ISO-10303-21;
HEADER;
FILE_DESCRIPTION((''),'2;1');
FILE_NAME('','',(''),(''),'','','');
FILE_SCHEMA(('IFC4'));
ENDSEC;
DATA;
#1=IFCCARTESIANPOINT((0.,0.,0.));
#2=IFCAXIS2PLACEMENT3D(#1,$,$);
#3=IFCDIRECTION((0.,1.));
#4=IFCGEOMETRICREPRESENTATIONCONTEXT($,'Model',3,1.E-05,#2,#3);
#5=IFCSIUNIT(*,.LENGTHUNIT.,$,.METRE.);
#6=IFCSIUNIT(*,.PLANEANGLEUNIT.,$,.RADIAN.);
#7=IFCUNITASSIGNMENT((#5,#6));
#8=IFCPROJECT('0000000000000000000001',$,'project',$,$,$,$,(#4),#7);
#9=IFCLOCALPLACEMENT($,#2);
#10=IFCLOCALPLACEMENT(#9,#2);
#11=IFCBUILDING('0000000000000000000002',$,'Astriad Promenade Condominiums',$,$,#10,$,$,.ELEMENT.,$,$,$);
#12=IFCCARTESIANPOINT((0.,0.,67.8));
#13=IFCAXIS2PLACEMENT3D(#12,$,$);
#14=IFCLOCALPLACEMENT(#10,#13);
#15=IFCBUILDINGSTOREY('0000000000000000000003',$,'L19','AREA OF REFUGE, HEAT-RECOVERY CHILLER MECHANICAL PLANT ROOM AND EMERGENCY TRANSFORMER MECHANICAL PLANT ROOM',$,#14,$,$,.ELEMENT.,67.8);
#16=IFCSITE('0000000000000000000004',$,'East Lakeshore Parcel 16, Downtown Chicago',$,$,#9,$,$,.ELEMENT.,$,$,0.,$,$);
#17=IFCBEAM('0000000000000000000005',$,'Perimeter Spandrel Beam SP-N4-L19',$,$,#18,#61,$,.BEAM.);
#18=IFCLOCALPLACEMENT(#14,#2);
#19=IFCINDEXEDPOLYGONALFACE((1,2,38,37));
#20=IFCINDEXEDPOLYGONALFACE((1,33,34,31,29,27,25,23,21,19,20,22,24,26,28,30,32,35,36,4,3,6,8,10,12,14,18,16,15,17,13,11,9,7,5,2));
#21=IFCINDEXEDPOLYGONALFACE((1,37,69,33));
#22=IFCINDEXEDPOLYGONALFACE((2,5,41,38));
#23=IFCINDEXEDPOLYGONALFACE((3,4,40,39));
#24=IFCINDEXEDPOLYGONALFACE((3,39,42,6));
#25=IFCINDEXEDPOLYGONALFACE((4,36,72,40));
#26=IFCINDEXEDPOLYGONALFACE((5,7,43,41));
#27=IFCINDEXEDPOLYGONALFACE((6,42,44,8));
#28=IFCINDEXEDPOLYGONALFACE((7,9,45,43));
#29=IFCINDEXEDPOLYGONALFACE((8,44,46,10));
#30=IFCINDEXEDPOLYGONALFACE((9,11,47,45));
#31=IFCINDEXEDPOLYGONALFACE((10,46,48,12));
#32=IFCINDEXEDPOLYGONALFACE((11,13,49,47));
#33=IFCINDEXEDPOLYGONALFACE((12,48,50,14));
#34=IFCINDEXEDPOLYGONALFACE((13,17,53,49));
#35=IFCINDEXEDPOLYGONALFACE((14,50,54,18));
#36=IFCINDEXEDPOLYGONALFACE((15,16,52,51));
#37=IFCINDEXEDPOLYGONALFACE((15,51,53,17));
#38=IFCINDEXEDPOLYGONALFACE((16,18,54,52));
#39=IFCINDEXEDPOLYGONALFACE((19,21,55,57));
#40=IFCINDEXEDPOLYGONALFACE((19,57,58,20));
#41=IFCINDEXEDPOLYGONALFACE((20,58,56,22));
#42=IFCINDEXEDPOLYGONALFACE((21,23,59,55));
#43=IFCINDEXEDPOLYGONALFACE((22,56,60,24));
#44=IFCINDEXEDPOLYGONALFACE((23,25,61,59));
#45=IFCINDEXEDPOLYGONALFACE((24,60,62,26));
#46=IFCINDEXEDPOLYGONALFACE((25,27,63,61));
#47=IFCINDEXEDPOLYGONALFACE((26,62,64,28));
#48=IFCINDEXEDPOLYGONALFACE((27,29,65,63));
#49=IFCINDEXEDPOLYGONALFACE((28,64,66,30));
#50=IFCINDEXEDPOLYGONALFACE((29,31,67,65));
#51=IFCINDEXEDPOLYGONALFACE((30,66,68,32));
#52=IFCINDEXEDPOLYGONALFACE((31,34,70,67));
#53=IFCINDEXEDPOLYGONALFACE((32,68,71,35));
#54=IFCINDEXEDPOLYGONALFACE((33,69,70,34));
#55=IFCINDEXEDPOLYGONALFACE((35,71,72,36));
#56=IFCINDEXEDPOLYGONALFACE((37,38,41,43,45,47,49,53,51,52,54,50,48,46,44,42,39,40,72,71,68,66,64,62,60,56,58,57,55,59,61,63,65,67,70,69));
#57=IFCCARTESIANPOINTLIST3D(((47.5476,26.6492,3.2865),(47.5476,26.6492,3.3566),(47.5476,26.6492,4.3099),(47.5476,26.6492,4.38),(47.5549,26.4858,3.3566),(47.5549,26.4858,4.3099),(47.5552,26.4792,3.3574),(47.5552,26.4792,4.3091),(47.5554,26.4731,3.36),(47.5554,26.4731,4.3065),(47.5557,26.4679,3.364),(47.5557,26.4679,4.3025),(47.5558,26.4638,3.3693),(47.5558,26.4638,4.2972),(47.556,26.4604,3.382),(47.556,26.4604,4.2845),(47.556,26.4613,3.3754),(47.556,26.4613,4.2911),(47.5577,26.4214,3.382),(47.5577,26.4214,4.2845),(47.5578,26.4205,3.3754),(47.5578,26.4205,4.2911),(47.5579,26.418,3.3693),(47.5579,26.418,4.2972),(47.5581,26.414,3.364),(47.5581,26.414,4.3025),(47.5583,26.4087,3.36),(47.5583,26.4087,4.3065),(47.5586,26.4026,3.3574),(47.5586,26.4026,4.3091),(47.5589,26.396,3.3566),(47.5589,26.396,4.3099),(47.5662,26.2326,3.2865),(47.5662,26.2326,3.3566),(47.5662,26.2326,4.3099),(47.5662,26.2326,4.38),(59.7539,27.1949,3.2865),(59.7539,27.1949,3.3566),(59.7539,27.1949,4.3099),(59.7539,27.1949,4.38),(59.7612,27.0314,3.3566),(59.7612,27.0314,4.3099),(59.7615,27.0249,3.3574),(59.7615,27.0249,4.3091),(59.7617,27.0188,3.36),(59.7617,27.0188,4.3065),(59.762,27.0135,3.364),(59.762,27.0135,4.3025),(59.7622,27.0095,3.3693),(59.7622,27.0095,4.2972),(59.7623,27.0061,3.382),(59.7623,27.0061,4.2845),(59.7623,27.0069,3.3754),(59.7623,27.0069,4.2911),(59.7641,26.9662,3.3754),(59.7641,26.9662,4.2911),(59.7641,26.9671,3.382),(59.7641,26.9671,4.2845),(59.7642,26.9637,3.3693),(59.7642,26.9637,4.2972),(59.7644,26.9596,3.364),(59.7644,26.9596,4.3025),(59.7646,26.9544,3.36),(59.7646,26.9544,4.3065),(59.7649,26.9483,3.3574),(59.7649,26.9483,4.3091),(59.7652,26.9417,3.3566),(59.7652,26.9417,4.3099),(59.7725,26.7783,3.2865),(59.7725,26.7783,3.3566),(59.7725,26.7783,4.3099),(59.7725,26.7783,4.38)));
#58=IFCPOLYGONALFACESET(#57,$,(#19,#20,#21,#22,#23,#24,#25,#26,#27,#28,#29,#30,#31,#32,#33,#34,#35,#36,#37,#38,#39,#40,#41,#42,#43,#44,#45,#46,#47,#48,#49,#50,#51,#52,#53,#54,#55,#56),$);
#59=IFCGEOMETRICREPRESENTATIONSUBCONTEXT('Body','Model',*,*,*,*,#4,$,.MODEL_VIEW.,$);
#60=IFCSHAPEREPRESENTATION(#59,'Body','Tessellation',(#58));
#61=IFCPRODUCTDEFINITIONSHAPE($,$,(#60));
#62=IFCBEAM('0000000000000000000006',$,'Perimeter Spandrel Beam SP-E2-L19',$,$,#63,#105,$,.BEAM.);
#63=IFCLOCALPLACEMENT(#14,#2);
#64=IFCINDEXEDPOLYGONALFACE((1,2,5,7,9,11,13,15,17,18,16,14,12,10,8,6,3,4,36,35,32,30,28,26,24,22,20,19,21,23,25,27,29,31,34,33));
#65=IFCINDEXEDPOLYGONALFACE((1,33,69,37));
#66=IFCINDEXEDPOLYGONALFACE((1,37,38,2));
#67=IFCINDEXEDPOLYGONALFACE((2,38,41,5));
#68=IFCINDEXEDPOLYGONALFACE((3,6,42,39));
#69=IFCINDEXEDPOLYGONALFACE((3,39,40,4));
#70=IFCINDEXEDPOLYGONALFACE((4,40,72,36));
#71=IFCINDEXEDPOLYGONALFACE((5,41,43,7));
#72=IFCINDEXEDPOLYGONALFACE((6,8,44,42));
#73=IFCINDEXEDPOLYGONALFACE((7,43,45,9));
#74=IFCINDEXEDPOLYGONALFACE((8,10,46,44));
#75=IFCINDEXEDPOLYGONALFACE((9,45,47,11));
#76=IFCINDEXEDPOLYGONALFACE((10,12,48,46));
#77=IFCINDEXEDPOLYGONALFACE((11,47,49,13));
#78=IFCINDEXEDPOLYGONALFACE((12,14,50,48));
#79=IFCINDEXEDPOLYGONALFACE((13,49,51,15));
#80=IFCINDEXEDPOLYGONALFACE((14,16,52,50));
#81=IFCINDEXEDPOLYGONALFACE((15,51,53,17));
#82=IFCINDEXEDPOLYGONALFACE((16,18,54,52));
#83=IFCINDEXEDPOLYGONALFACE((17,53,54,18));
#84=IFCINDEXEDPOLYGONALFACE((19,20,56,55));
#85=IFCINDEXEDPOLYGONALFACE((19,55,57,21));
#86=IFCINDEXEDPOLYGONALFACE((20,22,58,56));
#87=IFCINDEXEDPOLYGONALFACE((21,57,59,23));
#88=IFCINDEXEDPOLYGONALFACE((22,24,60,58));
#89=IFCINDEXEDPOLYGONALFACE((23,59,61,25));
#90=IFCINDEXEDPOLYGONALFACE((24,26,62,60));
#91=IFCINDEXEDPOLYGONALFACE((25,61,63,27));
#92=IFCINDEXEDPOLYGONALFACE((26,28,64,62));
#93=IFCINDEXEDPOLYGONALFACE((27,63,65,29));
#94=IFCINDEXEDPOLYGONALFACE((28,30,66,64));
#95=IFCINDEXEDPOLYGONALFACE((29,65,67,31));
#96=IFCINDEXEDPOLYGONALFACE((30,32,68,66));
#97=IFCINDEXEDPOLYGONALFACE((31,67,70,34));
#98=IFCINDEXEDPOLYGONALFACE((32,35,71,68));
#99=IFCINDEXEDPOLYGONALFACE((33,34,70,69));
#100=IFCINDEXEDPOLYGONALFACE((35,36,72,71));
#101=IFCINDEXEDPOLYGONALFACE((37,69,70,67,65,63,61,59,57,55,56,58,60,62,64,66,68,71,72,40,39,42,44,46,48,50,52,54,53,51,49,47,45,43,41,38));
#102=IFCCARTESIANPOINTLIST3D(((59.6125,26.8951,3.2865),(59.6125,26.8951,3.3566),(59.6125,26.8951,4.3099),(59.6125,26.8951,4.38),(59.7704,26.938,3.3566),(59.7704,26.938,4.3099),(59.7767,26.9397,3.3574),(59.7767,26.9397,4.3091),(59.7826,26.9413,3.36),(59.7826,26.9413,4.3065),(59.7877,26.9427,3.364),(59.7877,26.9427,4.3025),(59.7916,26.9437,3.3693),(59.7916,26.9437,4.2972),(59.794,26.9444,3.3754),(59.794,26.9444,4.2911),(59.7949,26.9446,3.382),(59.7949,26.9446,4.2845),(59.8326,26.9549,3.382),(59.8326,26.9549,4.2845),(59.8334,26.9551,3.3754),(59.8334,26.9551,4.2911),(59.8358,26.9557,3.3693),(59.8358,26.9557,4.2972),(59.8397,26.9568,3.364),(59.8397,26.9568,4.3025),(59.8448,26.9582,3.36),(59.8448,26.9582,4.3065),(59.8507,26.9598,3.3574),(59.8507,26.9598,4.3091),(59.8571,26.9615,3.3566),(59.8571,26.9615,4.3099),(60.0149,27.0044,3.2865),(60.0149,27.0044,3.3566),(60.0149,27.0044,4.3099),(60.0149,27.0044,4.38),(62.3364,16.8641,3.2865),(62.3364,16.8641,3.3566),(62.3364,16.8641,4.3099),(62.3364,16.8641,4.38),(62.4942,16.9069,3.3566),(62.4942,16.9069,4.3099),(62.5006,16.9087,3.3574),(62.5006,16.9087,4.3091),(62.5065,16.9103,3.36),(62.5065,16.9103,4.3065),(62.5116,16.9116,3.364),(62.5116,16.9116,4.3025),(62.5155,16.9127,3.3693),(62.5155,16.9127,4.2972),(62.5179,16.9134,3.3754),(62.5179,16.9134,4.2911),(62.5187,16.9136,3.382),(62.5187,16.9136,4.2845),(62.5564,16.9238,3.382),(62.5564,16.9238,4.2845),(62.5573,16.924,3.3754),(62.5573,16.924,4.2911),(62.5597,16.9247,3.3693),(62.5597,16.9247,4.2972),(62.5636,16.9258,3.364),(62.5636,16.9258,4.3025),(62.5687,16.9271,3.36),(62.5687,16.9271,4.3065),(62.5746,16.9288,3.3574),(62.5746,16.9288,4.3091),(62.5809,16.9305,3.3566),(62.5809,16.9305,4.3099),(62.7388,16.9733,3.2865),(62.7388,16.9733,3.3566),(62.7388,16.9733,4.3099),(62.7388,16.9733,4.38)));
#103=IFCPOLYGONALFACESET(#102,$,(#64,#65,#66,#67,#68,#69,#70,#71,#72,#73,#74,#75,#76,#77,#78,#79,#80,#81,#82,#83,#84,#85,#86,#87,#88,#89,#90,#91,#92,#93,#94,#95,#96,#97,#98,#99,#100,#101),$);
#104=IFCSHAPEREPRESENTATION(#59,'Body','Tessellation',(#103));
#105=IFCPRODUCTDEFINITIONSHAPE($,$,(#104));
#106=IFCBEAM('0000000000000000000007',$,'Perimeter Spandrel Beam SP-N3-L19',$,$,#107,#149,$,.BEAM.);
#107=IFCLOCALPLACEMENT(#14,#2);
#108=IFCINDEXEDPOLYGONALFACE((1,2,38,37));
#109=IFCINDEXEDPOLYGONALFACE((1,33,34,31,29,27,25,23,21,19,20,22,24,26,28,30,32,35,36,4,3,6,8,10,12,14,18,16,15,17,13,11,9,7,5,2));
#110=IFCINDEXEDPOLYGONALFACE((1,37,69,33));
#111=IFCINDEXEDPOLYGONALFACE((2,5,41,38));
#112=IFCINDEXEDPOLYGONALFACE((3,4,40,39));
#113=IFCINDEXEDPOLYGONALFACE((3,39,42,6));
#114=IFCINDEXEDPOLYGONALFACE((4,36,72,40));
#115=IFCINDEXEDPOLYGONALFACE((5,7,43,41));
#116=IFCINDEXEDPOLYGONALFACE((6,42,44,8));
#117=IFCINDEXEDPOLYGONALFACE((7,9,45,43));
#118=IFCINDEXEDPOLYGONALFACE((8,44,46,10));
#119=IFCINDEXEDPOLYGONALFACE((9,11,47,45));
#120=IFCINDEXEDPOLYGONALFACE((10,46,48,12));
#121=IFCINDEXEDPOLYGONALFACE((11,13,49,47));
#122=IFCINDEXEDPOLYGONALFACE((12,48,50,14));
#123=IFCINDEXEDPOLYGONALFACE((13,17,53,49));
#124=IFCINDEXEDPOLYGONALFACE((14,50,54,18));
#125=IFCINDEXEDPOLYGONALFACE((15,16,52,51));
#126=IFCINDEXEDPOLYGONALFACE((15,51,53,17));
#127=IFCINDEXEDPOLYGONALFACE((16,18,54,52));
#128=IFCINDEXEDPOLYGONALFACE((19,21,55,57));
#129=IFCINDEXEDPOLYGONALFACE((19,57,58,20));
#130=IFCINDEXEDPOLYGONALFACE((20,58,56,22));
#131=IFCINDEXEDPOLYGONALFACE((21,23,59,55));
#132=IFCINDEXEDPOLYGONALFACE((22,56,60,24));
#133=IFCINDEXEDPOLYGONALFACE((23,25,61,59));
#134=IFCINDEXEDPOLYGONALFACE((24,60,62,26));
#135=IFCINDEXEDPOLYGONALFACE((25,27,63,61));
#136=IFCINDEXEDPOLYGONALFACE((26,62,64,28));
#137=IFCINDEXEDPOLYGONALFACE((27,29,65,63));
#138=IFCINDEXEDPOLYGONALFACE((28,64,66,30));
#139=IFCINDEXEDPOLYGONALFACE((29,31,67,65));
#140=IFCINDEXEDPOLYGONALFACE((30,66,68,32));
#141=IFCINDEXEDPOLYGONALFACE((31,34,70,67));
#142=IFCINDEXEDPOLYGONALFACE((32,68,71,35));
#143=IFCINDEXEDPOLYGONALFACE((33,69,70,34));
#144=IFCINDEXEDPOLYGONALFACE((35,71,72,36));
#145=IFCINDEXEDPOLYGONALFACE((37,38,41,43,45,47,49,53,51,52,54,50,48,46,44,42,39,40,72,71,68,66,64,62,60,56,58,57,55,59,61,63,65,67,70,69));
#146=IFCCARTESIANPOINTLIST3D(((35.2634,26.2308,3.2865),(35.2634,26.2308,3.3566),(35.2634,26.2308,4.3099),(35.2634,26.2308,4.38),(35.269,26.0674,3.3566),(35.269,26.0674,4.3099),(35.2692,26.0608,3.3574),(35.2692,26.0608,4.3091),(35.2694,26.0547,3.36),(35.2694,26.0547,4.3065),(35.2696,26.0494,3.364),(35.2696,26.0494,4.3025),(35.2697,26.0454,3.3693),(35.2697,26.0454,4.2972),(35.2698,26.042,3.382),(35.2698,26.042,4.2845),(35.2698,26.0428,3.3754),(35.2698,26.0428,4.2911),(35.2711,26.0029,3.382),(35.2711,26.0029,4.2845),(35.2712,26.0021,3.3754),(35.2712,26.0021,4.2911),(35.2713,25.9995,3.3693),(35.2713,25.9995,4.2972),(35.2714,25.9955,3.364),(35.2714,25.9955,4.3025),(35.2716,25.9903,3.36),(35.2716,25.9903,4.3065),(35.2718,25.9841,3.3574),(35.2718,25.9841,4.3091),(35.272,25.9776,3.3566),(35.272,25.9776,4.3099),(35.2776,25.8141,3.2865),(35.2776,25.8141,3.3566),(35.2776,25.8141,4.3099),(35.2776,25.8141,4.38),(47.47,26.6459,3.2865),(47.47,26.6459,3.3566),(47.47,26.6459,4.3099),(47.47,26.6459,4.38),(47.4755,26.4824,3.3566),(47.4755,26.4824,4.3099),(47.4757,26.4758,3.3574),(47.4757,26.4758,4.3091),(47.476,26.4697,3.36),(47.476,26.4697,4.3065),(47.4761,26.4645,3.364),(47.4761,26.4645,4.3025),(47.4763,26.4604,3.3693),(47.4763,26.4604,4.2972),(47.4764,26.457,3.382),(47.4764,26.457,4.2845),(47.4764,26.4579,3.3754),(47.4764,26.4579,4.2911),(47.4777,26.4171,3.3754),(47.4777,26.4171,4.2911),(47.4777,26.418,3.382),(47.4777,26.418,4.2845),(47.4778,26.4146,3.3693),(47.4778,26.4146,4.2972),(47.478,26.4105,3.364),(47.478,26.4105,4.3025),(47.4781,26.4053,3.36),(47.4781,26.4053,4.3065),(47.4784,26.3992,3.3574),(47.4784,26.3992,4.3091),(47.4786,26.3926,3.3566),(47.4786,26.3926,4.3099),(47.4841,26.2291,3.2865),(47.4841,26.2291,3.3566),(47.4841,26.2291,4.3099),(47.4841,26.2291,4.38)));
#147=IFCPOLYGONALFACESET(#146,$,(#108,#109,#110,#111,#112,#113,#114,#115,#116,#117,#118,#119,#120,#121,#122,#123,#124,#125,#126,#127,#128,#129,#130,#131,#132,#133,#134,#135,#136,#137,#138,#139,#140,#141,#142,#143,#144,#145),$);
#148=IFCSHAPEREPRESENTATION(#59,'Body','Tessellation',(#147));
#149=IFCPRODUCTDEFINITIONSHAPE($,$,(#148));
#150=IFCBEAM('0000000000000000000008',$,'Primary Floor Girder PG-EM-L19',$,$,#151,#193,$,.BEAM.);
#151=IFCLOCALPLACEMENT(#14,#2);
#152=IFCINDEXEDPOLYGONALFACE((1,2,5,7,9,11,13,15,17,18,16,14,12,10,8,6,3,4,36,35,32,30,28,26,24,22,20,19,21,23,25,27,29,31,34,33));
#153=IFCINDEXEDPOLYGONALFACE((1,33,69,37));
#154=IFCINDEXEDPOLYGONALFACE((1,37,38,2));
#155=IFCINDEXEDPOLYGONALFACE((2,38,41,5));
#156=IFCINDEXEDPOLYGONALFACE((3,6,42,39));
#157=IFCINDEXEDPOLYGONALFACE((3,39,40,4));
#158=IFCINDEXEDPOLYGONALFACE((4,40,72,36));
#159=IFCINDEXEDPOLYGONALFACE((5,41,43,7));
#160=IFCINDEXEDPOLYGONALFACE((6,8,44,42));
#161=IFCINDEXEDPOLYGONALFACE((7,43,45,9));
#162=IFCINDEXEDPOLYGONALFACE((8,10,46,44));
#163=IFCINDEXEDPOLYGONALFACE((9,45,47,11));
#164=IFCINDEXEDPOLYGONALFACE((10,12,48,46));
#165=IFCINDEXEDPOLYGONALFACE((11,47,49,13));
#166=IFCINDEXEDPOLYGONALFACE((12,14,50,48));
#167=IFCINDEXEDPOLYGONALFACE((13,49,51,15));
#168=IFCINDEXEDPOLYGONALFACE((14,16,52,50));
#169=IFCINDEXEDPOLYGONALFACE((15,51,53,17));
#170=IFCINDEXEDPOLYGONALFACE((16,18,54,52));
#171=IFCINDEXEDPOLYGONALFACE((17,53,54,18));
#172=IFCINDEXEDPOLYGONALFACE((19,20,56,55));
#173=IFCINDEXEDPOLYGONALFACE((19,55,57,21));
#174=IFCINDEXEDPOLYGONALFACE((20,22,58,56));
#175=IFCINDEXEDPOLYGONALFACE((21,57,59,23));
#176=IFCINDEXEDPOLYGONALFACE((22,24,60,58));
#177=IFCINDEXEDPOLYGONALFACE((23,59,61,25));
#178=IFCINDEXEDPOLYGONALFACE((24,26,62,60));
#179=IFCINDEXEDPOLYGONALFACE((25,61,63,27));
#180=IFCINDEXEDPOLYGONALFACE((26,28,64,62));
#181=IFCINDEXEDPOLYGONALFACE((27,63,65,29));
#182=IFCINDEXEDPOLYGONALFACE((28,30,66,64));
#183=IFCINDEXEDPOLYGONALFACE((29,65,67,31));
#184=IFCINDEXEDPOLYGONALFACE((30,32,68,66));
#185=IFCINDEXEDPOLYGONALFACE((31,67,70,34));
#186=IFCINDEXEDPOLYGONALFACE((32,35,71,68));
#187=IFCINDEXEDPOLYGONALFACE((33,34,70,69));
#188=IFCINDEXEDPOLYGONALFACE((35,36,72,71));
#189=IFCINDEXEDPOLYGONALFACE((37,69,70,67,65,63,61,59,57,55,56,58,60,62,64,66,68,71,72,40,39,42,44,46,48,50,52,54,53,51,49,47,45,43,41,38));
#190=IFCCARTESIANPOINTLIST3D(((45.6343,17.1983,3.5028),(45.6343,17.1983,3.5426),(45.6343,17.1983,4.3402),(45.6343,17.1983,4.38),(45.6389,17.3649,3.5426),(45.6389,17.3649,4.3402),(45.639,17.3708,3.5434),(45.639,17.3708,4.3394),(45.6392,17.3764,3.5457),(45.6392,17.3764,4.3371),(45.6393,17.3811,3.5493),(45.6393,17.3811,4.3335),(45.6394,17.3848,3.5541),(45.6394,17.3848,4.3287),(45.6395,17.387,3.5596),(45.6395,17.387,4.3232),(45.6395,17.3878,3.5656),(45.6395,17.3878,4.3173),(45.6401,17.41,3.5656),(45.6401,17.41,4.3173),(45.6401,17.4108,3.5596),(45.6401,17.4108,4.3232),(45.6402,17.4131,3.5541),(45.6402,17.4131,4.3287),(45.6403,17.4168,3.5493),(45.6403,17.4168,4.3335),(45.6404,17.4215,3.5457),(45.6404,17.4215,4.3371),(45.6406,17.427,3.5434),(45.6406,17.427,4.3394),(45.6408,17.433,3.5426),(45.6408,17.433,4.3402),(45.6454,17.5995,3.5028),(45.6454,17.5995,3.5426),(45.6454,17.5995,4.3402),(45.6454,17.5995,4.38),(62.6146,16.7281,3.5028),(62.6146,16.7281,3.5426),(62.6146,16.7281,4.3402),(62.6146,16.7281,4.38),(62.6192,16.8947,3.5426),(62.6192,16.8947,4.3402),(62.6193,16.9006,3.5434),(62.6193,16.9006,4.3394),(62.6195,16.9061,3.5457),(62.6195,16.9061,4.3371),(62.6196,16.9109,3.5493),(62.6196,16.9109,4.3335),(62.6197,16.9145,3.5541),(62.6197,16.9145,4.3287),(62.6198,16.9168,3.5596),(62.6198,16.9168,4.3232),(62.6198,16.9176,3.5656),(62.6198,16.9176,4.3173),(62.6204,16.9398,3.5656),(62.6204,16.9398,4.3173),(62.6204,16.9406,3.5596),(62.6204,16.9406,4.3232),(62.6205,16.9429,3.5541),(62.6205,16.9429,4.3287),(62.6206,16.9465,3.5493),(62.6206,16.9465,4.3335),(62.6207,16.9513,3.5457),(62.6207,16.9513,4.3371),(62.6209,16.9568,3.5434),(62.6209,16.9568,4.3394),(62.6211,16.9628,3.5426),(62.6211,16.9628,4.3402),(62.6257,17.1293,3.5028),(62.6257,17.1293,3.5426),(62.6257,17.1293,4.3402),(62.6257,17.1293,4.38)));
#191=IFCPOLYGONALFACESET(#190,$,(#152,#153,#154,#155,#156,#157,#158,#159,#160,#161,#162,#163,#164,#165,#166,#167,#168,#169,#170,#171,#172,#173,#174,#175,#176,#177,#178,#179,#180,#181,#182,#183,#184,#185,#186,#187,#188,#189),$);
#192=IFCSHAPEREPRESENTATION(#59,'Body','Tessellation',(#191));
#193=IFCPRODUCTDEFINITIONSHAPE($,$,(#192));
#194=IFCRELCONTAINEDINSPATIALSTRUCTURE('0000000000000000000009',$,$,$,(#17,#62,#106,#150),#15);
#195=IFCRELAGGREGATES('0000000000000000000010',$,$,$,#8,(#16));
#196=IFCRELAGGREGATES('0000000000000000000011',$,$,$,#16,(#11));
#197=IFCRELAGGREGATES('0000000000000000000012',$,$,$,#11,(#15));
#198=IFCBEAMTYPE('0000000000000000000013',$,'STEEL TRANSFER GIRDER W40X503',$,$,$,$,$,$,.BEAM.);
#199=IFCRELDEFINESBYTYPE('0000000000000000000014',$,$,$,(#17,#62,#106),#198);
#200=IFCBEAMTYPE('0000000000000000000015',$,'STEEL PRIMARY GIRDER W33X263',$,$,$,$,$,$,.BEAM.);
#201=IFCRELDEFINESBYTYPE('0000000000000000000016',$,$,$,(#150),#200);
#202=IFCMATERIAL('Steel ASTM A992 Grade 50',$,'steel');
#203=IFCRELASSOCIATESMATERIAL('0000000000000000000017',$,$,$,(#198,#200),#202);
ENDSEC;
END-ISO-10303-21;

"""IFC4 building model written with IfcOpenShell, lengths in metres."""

from ifc_helpers import new_model, si_unit, direction, frame, origin, origin_2d, place, context, subcontext, project, spatial, i_section, extrude, source, transform, mapped, material, material_profile, profile_set, type_object, type_shapes, element, save


model = new_model("IFC4")

# Units and contexts
model_context = context("Model", 3, precision=1e-05, world=origin(), true_north=direction((0.0, 1.0)))
body_context = subcontext(model_context, "Body", "Model", "MODEL_VIEW")
ifc_project = project(units=[si_unit("LENGTHUNIT", "METRE"), si_unit("PLANEANGLEUNIT", "RADIAN")], contexts=[model_context])

# Site, building, storey
site_placement = place(None, origin())
site = spatial("IfcSite", under=ifc_project, at=site_placement, Name="East Lakeshore Parcel 16, Downtown Chicago", CompositionType="ELEMENT", RefElevation=0.0)
building_placement = place(site_placement, origin())
building = spatial("IfcBuilding", under=site, at=building_placement, Name="Astriad Promenade Condominiums", CompositionType="ELEMENT")
storey_placement = place(building_placement, frame((0.0, 0.0, 67.8)))
storey = spatial("IfcBuildingStorey", under=building, at=storey_placement, Name="L19", Description="AREA OF REFUGE, HEAT-RECOVERY CHILLER MECHANICAL PLANT ROOM AND EMERGENCY TRANSFORMER MECHANICAL PLANT ROOM", CompositionType="ELEMENT", Elevation=67.8)

# Shared definitions
ifc_material_1 = material(Name="Steel ASTM A992 Grade 50", Category="steel")

# Beams
ifc_material_profile_1 = material_profile(ifc_material_1, i_section(OverallWidth=0.417, OverallDepth=1.0935, WebThickness=0.0391, FlangeThickness=0.0701, FilletRadius=0.0254, at=origin_2d()), Name="W40X503")
ifc_profile_set_1 = profile_set([ifc_material_profile_1], Name="Steel ASTM A992 Grade 50")
beam_type_1 = type_object("IfcBeamType", Name="STEEL TRANSFER GIRDER W40X503", PredefinedType="BEAM", material=ifc_profile_set_1)
shared_shape_1 = source(origin(), body_context, "Body", "SweptSolid", [
    extrude(i_section(OverallWidth=0.417, OverallDepth=1.0935, WebThickness=0.0391, FlangeThickness=0.0701, FilletRadius=0.0254, at=origin_2d()), origin(), (0.0, 0.0, 1.0), 12.2185),
])
beam_1_placement = place(storey_placement, frame((59.7632, 26.9866, 3.8333), z_axis=(-0.999002, -0.044658, 0.0), x_axis=(0.044658, -0.999002, 0.0)))
element("IfcBeam", 1, at=beam_1_placement, inside=storey, type_object=beam_type_1, Name="Perimeter Spandrel Beam SP-N4-L19", PredefinedType="BEAM", context=body_context, shape_type="MappedRepresentation", body=[
    mapped(shared_shape_1, transform((0.0, 0.0, 0.0), scale=1.0)),
])
shared_shape_2 = source(origin(), body_context, "Body", "SweptSolid", [
    extrude(i_section(OverallWidth=0.417, OverallDepth=1.0935, WebThickness=0.0391, FlangeThickness=0.0701, FilletRadius=0.0254, at=origin_2d()), origin(), (0.0, 0.0, 1.0), 10.3943),
])
beam_2_placement = place(storey_placement, frame((62.5376, 16.9187, 3.8333), z_axis=(-0.262056, 0.965053, 0.0), x_axis=(-0.965053, -0.262056, 0.0)))
element("IfcBeam", 2, at=beam_2_placement, inside=storey, type_object=beam_type_1, Name="Perimeter Spandrel Beam SP-E2-L19", PredefinedType="BEAM", context=body_context, shape_type="MappedRepresentation", body=[
    mapped(shared_shape_2, transform((0.0, 0.0, 0.0), scale=1.0)),
])
shared_shape_3 = source(origin(), body_context, "Body", "SweptSolid", [
    extrude(i_section(OverallWidth=0.417, OverallDepth=1.0935, WebThickness=0.0391, FlangeThickness=0.0701, FilletRadius=0.0254, at=origin_2d()), origin(), (0.0, 0.0, 1.0), 12.2136),
])
type_shapes(beam_type_1, [shared_shape_1, shared_shape_2, shared_shape_3])
beam_3_placement = place(storey_placement, frame((47.4771, 26.4375, 3.8333), z_axis=(-0.999422, -0.033982, 0.0), x_axis=(0.033982, -0.999422, 0.0)))
element("IfcBeam", 3, at=beam_3_placement, inside=storey, type_object=beam_type_1, Name="Perimeter Spandrel Beam SP-N3-L19", PredefinedType="BEAM", context=body_context, shape_type="MappedRepresentation", body=[
    mapped(shared_shape_3, transform((0.0, 0.0, 0.0), scale=1.0)),
])
ifc_material_profile_2 = material_profile(ifc_material_1, i_section(OverallWidth=0.4014, OverallDepth=0.8772, WebThickness=0.0222, FlangeThickness=0.0398, FilletRadius=0.0229, at=origin_2d()), Name="W33X263")
ifc_profile_set_2 = profile_set([ifc_material_profile_2], Name="Steel ASTM A992 Grade 50")
beam_type_2 = type_object("IfcBeamType", Name="STEEL PRIMARY GIRDER W33X263", PredefinedType="BEAM", material=ifc_profile_set_2)
shared_shape_4 = source(origin(), body_context, "Body", "SweptSolid", [
    extrude(i_section(OverallWidth=0.4014, OverallDepth=0.8772, WebThickness=0.0222, FlangeThickness=0.0398, FilletRadius=0.0229, at=origin_2d()), origin(), (0.0, 0.0, 1.0), 16.9868),
])
type_shapes(beam_type_2, [shared_shape_4])
beam_4_placement = place(storey_placement, frame((62.6201, 16.9287, 3.9414), z_axis=(-0.999617, 0.027681, 0.0), x_axis=(-0.027681, -0.999617, 0.0)))
element("IfcBeam", 4, at=beam_4_placement, inside=storey, type_object=beam_type_2, Name="Primary Floor Girder PG-EM-L19", PredefinedType="BEAM", context=body_context, shape_type="MappedRepresentation", body=[
    mapped(shared_shape_4, transform((0.0, 0.0, 0.0), scale=1.0)),
])

save(model, "model.ifc")
